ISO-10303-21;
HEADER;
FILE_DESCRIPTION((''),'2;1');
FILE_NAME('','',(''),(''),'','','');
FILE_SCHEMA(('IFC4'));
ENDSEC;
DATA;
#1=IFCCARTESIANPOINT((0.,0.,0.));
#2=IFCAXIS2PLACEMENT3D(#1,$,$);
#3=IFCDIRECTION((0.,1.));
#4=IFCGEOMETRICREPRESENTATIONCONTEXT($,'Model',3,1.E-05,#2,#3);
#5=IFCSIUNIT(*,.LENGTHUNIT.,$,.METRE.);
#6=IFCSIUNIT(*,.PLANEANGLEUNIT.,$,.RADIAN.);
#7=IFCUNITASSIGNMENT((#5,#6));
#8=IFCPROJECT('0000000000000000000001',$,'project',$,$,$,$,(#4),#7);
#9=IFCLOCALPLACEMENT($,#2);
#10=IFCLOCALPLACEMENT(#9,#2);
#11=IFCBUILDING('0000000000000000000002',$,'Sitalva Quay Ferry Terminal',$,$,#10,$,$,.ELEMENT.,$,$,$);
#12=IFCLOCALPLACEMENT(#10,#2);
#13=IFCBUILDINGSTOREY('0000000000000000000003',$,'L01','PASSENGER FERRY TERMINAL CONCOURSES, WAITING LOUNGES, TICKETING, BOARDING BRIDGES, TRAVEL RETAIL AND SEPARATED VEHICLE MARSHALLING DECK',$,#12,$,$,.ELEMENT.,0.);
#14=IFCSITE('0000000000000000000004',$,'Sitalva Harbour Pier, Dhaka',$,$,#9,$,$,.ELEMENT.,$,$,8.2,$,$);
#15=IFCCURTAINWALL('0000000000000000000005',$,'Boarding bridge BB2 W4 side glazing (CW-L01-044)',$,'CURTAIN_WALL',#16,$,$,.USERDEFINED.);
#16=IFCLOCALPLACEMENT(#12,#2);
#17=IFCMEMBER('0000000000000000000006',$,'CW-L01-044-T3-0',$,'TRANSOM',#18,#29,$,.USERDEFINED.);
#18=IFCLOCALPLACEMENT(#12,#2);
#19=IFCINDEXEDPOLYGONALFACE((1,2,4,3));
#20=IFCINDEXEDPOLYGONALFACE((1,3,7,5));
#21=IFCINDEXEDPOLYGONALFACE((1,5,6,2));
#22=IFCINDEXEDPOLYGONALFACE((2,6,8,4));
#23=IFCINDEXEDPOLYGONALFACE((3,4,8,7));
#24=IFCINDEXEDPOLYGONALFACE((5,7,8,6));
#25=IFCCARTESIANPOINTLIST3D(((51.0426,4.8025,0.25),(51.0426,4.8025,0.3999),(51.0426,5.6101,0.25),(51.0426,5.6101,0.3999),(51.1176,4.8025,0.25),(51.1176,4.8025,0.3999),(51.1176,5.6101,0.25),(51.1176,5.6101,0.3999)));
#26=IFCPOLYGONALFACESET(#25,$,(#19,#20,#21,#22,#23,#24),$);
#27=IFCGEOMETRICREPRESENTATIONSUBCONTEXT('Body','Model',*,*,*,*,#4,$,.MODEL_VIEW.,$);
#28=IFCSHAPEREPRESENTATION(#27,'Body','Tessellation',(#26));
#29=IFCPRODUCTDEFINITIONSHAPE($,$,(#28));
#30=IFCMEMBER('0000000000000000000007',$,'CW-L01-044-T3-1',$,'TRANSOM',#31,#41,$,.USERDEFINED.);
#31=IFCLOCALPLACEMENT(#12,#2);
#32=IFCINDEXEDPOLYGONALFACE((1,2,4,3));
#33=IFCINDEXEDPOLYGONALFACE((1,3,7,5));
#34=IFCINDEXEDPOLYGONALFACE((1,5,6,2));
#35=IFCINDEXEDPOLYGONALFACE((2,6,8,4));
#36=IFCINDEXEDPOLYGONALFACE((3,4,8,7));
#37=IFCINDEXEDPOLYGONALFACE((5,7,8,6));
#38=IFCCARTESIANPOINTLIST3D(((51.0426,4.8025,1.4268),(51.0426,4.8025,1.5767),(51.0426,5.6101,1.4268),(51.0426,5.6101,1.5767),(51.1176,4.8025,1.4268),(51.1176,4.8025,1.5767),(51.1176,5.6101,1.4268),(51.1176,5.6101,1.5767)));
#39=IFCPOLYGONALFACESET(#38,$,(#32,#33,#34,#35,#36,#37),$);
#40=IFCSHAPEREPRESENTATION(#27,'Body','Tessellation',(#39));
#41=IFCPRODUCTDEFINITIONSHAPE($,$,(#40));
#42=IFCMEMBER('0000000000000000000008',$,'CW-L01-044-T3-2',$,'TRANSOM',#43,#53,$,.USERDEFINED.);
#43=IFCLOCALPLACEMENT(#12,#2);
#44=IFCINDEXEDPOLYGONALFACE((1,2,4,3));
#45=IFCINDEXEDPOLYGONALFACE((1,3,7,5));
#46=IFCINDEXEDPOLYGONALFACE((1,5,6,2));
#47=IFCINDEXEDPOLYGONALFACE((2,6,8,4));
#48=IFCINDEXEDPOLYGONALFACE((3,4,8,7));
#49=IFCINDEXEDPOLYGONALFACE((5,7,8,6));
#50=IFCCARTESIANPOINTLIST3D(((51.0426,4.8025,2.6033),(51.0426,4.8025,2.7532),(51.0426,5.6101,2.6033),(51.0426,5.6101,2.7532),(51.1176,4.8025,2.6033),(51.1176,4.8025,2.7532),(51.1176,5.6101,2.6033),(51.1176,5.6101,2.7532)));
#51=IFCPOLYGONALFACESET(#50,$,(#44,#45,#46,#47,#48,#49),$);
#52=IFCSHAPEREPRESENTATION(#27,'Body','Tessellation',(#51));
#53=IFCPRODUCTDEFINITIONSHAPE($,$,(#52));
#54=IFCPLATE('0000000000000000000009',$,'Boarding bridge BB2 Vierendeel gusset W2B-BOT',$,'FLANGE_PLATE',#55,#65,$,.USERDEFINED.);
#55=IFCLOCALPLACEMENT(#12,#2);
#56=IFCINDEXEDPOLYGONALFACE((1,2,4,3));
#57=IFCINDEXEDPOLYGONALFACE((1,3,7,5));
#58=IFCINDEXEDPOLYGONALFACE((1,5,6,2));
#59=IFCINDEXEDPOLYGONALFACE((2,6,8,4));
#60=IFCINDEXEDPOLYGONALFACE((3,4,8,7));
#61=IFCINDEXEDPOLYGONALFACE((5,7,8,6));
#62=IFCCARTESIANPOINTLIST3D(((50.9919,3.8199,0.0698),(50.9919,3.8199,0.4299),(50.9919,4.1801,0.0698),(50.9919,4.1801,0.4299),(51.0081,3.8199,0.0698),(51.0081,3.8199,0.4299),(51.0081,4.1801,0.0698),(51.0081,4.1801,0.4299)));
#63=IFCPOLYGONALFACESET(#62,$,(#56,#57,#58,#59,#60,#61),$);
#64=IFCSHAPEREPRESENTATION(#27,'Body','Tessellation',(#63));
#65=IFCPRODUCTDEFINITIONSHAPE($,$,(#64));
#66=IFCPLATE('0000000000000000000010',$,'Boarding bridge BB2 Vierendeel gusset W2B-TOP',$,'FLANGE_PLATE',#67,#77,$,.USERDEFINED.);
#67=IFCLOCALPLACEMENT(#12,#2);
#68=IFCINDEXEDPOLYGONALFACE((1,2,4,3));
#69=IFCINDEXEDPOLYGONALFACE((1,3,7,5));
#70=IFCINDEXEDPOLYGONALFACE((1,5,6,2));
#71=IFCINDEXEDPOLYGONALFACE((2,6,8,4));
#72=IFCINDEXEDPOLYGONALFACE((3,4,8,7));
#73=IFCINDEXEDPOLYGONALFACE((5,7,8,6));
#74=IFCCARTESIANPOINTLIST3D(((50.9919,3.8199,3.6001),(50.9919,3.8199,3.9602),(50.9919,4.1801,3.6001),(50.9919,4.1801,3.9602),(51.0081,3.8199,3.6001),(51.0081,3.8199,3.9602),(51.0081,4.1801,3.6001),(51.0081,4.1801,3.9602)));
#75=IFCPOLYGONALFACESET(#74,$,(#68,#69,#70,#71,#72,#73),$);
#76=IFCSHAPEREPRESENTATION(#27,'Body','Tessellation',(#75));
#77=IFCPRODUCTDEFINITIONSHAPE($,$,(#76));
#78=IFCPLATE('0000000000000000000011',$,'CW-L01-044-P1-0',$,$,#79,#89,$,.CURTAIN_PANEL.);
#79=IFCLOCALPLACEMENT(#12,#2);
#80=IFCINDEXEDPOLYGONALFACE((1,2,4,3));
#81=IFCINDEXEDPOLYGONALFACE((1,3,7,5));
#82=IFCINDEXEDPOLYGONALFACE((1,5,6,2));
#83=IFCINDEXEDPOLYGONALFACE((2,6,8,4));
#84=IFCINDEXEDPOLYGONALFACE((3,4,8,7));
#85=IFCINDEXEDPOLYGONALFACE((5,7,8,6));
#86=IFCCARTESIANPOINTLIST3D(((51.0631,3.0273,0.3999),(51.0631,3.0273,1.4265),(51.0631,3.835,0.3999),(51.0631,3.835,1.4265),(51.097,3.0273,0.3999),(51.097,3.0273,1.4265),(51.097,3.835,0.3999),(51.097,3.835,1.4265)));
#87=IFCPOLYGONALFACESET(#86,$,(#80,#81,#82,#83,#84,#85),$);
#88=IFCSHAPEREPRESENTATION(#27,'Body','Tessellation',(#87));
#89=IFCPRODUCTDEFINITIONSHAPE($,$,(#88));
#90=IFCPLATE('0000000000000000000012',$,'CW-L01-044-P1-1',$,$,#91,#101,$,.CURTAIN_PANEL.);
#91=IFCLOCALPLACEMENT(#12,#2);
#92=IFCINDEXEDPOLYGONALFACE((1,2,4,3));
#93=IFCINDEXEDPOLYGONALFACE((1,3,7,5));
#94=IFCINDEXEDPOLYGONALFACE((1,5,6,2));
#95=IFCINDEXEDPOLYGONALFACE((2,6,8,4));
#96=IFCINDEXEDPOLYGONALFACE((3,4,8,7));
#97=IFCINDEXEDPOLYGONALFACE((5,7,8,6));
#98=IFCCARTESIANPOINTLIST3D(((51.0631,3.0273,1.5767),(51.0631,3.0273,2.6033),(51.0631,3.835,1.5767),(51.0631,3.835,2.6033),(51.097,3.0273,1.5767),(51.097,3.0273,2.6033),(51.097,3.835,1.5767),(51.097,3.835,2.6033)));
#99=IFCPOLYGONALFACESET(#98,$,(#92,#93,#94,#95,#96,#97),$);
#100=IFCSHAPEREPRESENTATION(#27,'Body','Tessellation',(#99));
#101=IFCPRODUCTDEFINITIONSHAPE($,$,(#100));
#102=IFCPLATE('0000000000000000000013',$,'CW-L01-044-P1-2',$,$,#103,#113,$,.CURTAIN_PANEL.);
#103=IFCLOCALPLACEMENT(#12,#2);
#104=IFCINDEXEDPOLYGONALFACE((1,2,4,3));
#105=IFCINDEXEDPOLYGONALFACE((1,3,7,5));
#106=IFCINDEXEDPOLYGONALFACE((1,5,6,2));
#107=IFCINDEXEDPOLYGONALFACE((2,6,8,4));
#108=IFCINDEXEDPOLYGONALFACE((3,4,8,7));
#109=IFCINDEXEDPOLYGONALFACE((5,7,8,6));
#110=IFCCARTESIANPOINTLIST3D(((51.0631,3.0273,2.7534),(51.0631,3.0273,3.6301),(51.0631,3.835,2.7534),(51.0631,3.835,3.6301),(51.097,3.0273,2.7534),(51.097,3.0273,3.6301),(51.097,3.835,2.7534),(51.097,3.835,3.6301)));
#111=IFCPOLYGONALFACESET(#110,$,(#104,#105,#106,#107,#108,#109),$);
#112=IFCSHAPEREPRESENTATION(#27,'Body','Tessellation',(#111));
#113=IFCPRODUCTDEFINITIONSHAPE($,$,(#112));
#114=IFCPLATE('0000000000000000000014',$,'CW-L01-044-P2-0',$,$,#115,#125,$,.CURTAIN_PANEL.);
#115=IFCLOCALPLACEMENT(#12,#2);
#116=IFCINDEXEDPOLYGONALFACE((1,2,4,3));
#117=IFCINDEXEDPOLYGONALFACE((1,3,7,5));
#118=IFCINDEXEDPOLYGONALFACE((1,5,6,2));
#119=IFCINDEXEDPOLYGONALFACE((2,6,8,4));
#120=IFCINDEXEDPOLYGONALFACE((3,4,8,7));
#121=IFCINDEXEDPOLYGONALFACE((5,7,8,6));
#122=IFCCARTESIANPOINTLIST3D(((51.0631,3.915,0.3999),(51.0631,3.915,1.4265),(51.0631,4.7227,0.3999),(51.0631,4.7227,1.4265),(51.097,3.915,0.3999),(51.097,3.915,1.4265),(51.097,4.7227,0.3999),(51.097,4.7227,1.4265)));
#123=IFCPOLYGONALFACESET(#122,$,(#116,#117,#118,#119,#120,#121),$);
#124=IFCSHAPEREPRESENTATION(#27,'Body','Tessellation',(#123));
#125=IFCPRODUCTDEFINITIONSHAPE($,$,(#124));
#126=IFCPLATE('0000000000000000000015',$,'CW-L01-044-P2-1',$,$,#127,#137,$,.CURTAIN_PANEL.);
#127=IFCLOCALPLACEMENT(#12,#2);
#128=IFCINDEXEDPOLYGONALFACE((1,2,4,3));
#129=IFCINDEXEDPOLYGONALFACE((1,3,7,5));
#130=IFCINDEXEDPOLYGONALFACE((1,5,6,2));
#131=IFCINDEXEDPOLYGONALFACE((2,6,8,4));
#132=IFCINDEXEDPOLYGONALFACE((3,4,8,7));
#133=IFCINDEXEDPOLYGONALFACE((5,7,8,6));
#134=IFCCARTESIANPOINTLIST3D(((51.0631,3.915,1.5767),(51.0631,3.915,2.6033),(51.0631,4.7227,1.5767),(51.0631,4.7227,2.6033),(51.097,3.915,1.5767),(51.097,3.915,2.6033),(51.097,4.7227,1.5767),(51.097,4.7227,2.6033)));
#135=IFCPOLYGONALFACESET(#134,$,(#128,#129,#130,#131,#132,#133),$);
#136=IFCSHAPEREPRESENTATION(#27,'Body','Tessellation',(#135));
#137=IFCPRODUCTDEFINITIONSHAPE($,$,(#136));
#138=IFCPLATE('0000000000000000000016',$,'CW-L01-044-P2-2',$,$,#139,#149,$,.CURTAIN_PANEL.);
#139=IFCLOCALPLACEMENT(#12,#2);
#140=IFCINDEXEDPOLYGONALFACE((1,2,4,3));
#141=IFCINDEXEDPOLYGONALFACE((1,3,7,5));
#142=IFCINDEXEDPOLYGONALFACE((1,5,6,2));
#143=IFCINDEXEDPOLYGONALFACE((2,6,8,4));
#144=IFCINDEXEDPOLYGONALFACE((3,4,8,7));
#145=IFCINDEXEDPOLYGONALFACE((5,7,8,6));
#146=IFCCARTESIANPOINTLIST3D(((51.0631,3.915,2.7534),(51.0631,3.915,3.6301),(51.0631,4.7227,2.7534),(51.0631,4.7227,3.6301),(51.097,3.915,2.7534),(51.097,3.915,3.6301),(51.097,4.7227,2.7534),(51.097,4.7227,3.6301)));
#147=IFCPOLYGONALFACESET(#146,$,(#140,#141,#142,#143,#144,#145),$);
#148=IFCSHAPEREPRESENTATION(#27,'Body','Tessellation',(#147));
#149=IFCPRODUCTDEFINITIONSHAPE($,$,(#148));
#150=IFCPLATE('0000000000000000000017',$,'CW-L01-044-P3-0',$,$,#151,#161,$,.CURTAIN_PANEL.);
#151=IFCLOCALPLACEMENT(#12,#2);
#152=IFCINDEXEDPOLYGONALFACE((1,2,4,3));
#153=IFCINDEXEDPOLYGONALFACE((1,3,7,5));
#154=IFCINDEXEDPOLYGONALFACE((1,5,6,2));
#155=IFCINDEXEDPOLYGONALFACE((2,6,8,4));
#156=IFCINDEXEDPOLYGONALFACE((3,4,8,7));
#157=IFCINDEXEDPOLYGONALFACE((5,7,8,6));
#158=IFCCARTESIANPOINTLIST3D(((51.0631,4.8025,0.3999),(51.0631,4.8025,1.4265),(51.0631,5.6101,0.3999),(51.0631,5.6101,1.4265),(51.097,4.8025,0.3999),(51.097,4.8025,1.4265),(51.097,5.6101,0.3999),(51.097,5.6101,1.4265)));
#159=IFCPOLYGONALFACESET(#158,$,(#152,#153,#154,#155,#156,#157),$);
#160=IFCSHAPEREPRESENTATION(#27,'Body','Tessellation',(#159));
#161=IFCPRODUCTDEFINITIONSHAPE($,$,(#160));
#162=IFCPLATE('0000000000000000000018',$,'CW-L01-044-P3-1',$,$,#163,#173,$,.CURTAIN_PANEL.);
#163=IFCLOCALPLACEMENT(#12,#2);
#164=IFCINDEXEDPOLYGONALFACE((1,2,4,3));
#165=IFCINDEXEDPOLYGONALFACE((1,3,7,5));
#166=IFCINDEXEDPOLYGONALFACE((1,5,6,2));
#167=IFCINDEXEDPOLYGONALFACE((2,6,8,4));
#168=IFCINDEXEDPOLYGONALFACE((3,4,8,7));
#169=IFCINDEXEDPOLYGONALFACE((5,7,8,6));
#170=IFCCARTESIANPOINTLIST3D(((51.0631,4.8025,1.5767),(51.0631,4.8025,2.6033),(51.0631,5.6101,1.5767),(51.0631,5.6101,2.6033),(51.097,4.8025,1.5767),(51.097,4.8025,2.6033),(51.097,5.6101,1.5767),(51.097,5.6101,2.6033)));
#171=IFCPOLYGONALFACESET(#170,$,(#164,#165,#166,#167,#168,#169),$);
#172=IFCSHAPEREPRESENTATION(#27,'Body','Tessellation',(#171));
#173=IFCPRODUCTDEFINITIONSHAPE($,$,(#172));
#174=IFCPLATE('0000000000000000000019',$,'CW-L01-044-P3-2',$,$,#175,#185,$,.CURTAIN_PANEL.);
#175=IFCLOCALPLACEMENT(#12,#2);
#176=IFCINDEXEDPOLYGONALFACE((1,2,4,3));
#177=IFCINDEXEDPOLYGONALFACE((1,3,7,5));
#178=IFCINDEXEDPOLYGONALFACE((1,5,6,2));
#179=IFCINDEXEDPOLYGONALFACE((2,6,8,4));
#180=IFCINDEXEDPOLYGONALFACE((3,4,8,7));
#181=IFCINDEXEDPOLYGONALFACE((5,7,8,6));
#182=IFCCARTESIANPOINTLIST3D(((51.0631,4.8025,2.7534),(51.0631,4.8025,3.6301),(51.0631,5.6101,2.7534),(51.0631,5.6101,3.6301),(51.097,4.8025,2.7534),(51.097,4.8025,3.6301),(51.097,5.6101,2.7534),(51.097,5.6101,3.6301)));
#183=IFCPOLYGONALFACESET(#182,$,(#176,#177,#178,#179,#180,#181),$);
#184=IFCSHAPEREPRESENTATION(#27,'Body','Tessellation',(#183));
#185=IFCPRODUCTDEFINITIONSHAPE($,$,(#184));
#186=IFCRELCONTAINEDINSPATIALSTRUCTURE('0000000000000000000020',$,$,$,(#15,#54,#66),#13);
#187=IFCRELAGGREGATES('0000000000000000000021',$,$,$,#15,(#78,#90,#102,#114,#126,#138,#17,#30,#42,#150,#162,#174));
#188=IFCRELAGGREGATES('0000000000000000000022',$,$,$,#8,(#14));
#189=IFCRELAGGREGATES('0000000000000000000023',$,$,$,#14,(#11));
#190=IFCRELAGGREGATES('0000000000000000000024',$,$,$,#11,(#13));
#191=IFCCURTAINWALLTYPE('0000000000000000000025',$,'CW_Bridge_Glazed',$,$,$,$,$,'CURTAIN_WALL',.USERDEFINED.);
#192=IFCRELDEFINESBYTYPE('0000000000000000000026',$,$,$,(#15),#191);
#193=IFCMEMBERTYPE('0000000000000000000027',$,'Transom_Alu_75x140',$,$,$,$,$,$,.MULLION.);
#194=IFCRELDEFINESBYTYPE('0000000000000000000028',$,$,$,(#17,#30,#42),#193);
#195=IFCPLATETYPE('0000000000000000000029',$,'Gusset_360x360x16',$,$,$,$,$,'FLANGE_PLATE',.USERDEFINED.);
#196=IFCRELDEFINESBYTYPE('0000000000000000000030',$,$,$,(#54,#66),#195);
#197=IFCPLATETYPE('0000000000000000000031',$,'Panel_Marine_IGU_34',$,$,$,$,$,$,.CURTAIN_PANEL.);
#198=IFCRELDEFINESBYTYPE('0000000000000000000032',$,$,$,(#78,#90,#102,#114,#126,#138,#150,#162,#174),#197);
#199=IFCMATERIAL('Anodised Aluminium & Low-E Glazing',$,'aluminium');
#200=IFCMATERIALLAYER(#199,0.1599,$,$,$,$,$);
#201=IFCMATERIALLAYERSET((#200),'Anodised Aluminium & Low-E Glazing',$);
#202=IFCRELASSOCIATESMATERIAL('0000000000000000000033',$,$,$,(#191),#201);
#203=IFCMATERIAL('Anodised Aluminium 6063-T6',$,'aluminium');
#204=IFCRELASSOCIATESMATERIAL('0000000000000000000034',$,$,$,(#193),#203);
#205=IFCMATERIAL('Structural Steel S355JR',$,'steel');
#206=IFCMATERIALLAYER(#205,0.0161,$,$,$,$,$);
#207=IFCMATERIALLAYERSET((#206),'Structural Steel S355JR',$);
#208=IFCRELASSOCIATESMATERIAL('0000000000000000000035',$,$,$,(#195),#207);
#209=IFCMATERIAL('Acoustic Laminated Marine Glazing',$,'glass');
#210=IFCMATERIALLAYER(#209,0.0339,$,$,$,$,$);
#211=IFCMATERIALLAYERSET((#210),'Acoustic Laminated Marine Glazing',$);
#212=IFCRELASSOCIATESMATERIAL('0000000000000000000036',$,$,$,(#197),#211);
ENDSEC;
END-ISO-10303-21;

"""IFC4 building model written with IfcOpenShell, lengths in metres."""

from ifc_helpers import new_model, si_unit, direction, frame, origin, origin_2d, place, context, subcontext, project, spatial, rectangle, extrude, material, layer, layer_set, material_profile, profile_set, type_object, element, aggregate, save


model = new_model("IFC4")

# Units and contexts
model_context = context("Model", 3, precision=1e-05, world=origin(), true_north=direction((0.0, 1.0)))
body_context = subcontext(model_context, "Body", "Model", "MODEL_VIEW")
ifc_project = project(units=[si_unit("LENGTHUNIT", "METRE"), si_unit("PLANEANGLEUNIT", "RADIAN")], contexts=[model_context])

# Site, building, storey
site_placement = place(None, origin())
site = spatial("IfcSite", under=ifc_project, at=site_placement, Name="Sitalva Harbour Pier, Dhaka", CompositionType="ELEMENT", RefElevation=8.2)
building_placement = place(site_placement, origin())
building = spatial("IfcBuilding", under=site, at=building_placement, Name="Sitalva Quay Ferry Terminal", CompositionType="ELEMENT")
storey_placement = place(building_placement, origin())
storey = spatial("IfcBuildingStorey", under=building, at=storey_placement, Name="L01", Description="PASSENGER FERRY TERMINAL CONCOURSES, WAITING LOUNGES, TICKETING, BOARDING BRIDGES, TRAVEL RETAIL AND SEPARATED VEHICLE MARSHALLING DECK", CompositionType="ELEMENT", Elevation=0.0)

# Curtain wall, members
ifc_material_1 = material(Name="Anodised Aluminium & Low-E Glazing", Category="aluminium")
ifc_layer_1 = layer(ifc_material_1, 0.1599)
ifc_layer_set_1 = layer_set([ifc_layer_1], Name="Anodised Aluminium & Low-E Glazing")
curtain_wall_type = type_object("IfcCurtainWallType", Name="CW_Bridge_Glazed", ElementType="CURTAIN_WALL", PredefinedType="USERDEFINED", material=ifc_layer_set_1)
curtain_wall_placement = place(storey_placement, origin())
curtain_wall = element("IfcCurtainWall", 1, at=curtain_wall_placement, inside=storey, type_object=curtain_wall_type, Name="Boarding bridge BB2 W4 side glazing (CW-L01-044)", ObjectType="CURTAIN_WALL", PredefinedType="USERDEFINED")
ifc_material_2 = material(Name="Anodised Aluminium 6063-T6", Category="aluminium")
ifc_material_profile_1 = material_profile(ifc_material_2, rectangle(XDim=0.075, YDim=0.1499, at=origin_2d()), Name="ALU75x150")
ifc_profile_set_1 = profile_set([ifc_material_profile_1], Name="Anodised Aluminium 6063-T6")
member_type_1 = type_object("IfcMemberType", Name="Transom_Alu_75x140", PredefinedType="MULLION", material=ifc_profile_set_1)
member_1_placement = place(storey_placement, frame((51.0801, 4.8025, 0.325), z_axis=(0.0, 1.0, 0.0), x_axis=(-1.0, 0.0, 0.0)))
member_1 = element("IfcMember", 2, at=member_1_placement, type_object=member_type_1, Name="CW-L01-044-T3-0", ObjectType="TRANSOM", PredefinedType="USERDEFINED", context=body_context, shape_type="SweptSolid", body=[
    extrude(rectangle(XDim=0.075, YDim=0.1499, at=origin_2d()), origin(), (0.0, 0.0, 1.0), 0.8076),
])
member_2_placement = place(storey_placement, frame((51.0801, 4.8025, 1.5017), z_axis=(0.0, 1.0, 0.0), x_axis=(-1.0, 0.0, 0.0)))
member_2 = element("IfcMember", 3, at=member_2_placement, type_object=member_type_1, Name="CW-L01-044-T3-1", ObjectType="TRANSOM", PredefinedType="USERDEFINED", context=body_context, shape_type="SweptSolid", body=[
    extrude(rectangle(XDim=0.075, YDim=0.1499, at=origin_2d()), origin(), (0.0, 0.0, 1.0), 0.8076),
])
member_3_placement = place(storey_placement, frame((51.0801, 4.8025, 2.6782), z_axis=(0.0, 1.0, 0.0), x_axis=(-1.0, 0.0, 0.0)))
member_3 = element("IfcMember", 4, at=member_3_placement, type_object=member_type_1, Name="CW-L01-044-T3-2", ObjectType="TRANSOM", PredefinedType="USERDEFINED", context=body_context, shape_type="SweptSolid", body=[
    extrude(rectangle(XDim=0.075, YDim=0.1499, at=origin_2d()), origin(), (0.0, 0.0, 1.0), 0.8076),
])

# Plates
ifc_material_3 = material(Name="Structural Steel S355JR", Category="steel")
ifc_layer_2 = layer(ifc_material_3, 0.0161)
ifc_layer_set_2 = layer_set([ifc_layer_2], Name="Structural Steel S355JR")
plate_type_1 = type_object("IfcPlateType", Name="Gusset_360x360x16", ElementType="FLANGE_PLATE", PredefinedType="USERDEFINED", material=ifc_layer_set_2)
for number, where, z_axis, x_axis, name in (
    (5, (51.0, 4.0, 0.0698), (0.0, 0.0, 1.0), (1.0, 0.0, 0.0), "Boarding bridge BB2 Vierendeel gusset W2B-BOT"),
    (6, (51.0, 4.0, 3.6001), (0.0, 0.0, 1.0), (1.0, 0.0, 0.0), "Boarding bridge BB2 Vierendeel gusset W2B-TOP"),
):
    element("IfcPlate", number, at=place(storey_placement, frame(where, z_axis=z_axis, x_axis=x_axis)), inside=storey, type_object=plate_type_1, Name=name, ObjectType="FLANGE_PLATE", PredefinedType="USERDEFINED", context=body_context, shape_type="SweptSolid", body=[
        extrude(rectangle(XDim=0.0161, YDim=0.3601, at=origin_2d()), origin(), (0.0, 0.0, 1.0), 0.3601),
    ])

# Plates
ifc_material_4 = material(Name="Acoustic Laminated Marine Glazing", Category="glass")
ifc_layer_3 = layer(ifc_material_4, 0.0339)
ifc_layer_set_3 = layer_set([ifc_layer_3], Name="Acoustic Laminated Marine Glazing")
plate_type_2 = type_object("IfcPlateType", Name="Panel_Marine_IGU_34", PredefinedType="CURTAIN_PANEL", material=ifc_layer_set_3)
plate_1_placement = place(storey_placement, frame((51.0801, 3.4312, 0.3999), z_axis=(0.0, 0.0, 1.0), x_axis=(0.0, 1.0, 0.0)))
plate_1 = element("IfcPlate", 7, at=plate_1_placement, type_object=plate_type_2, Name="CW-L01-044-P1-0", PredefinedType="CURTAIN_PANEL", context=body_context, shape_type="SweptSolid", body=[
    extrude(rectangle(XDim=0.8076, YDim=0.0339, at=origin_2d()), origin(), (0.0, 0.0, 1.0), 1.0266),
])
plate_2_placement = place(storey_placement, frame((51.0801, 3.4312, 1.5767), z_axis=(0.0, 0.0, 1.0), x_axis=(0.0, 1.0, 0.0)))
plate_2 = element("IfcPlate", 8, at=plate_2_placement, type_object=plate_type_2, Name="CW-L01-044-P1-1", PredefinedType="CURTAIN_PANEL", context=body_context, shape_type="SweptSolid", body=[
    extrude(rectangle(XDim=0.8076, YDim=0.0339, at=origin_2d()), origin(), (0.0, 0.0, 1.0), 1.0266),
])
plate_3_placement = place(storey_placement, frame((51.0801, 3.4312, 2.7534), z_axis=(0.0, 0.0, 1.0), x_axis=(0.0, 1.0, 0.0)))
plate_3 = element("IfcPlate", 9, at=plate_3_placement, type_object=plate_type_2, Name="CW-L01-044-P1-2", PredefinedType="CURTAIN_PANEL", context=body_context, shape_type="SweptSolid", body=[
    extrude(rectangle(XDim=0.8076, YDim=0.0339, at=origin_2d()), origin(), (0.0, 0.0, 1.0), 0.8767),
])
plate_4_placement = place(storey_placement, frame((51.0801, 4.3188, 0.3999), z_axis=(0.0, 0.0, 1.0), x_axis=(0.0, 1.0, 0.0)))
plate_4 = element("IfcPlate", 10, at=plate_4_placement, type_object=plate_type_2, Name="CW-L01-044-P2-0", PredefinedType="CURTAIN_PANEL", context=body_context, shape_type="SweptSolid", body=[
    extrude(rectangle(XDim=0.8076, YDim=0.0339, at=origin_2d()), origin(), (0.0, 0.0, 1.0), 1.0266),
])
plate_5_placement = place(storey_placement, frame((51.0801, 4.3188, 1.5767), z_axis=(0.0, 0.0, 1.0), x_axis=(0.0, 1.0, 0.0)))
plate_5 = element("IfcPlate", 11, at=plate_5_placement, type_object=plate_type_2, Name="CW-L01-044-P2-1", PredefinedType="CURTAIN_PANEL", context=body_context, shape_type="SweptSolid", body=[
    extrude(rectangle(XDim=0.8076, YDim=0.0339, at=origin_2d()), origin(), (0.0, 0.0, 1.0), 1.0266),
])
plate_6_placement = place(storey_placement, frame((51.0801, 4.3188, 2.7534), z_axis=(0.0, 0.0, 1.0), x_axis=(0.0, 1.0, 0.0)))
plate_6 = element("IfcPlate", 12, at=plate_6_placement, type_object=plate_type_2, Name="CW-L01-044-P2-2", PredefinedType="CURTAIN_PANEL", context=body_context, shape_type="SweptSolid", body=[
    extrude(rectangle(XDim=0.8076, YDim=0.0339, at=origin_2d()), origin(), (0.0, 0.0, 1.0), 0.8767),
])
plate_7_placement = place(storey_placement, frame((51.0801, 5.2063, 0.3999), z_axis=(0.0, 0.0, 1.0), x_axis=(0.0, 1.0, 0.0)))
plate_7 = element("IfcPlate", 13, at=plate_7_placement, type_object=plate_type_2, Name="CW-L01-044-P3-0", PredefinedType="CURTAIN_PANEL", context=body_context, shape_type="SweptSolid", body=[
    extrude(rectangle(XDim=0.8076, YDim=0.0339, at=origin_2d()), origin(), (0.0, 0.0, 1.0), 1.0266),
])
plate_8_placement = place(storey_placement, frame((51.0801, 5.2063, 1.5767), z_axis=(0.0, 0.0, 1.0), x_axis=(0.0, 1.0, 0.0)))
plate_8 = element("IfcPlate", 14, at=plate_8_placement, type_object=plate_type_2, Name="CW-L01-044-P3-1", PredefinedType="CURTAIN_PANEL", context=body_context, shape_type="SweptSolid", body=[
    extrude(rectangle(XDim=0.8076, YDim=0.0339, at=origin_2d()), origin(), (0.0, 0.0, 1.0), 1.0266),
])
plate_9_placement = place(storey_placement, frame((51.0801, 5.2063, 2.7534), z_axis=(0.0, 0.0, 1.0), x_axis=(0.0, 1.0, 0.0)))
plate_9 = element("IfcPlate", 15, at=plate_9_placement, type_object=plate_type_2, Name="CW-L01-044-P3-2", PredefinedType="CURTAIN_PANEL", context=body_context, shape_type="SweptSolid", body=[
    extrude(rectangle(XDim=0.8076, YDim=0.0339, at=origin_2d()), origin(), (0.0, 0.0, 1.0), 0.8767),
])
aggregate(curtain_wall, [plate_1, plate_2, plate_3, plate_4, plate_5, plate_6, member_1, member_2, member_3, plate_7, plate_8, plate_9])

save(model, "model.ifc")
